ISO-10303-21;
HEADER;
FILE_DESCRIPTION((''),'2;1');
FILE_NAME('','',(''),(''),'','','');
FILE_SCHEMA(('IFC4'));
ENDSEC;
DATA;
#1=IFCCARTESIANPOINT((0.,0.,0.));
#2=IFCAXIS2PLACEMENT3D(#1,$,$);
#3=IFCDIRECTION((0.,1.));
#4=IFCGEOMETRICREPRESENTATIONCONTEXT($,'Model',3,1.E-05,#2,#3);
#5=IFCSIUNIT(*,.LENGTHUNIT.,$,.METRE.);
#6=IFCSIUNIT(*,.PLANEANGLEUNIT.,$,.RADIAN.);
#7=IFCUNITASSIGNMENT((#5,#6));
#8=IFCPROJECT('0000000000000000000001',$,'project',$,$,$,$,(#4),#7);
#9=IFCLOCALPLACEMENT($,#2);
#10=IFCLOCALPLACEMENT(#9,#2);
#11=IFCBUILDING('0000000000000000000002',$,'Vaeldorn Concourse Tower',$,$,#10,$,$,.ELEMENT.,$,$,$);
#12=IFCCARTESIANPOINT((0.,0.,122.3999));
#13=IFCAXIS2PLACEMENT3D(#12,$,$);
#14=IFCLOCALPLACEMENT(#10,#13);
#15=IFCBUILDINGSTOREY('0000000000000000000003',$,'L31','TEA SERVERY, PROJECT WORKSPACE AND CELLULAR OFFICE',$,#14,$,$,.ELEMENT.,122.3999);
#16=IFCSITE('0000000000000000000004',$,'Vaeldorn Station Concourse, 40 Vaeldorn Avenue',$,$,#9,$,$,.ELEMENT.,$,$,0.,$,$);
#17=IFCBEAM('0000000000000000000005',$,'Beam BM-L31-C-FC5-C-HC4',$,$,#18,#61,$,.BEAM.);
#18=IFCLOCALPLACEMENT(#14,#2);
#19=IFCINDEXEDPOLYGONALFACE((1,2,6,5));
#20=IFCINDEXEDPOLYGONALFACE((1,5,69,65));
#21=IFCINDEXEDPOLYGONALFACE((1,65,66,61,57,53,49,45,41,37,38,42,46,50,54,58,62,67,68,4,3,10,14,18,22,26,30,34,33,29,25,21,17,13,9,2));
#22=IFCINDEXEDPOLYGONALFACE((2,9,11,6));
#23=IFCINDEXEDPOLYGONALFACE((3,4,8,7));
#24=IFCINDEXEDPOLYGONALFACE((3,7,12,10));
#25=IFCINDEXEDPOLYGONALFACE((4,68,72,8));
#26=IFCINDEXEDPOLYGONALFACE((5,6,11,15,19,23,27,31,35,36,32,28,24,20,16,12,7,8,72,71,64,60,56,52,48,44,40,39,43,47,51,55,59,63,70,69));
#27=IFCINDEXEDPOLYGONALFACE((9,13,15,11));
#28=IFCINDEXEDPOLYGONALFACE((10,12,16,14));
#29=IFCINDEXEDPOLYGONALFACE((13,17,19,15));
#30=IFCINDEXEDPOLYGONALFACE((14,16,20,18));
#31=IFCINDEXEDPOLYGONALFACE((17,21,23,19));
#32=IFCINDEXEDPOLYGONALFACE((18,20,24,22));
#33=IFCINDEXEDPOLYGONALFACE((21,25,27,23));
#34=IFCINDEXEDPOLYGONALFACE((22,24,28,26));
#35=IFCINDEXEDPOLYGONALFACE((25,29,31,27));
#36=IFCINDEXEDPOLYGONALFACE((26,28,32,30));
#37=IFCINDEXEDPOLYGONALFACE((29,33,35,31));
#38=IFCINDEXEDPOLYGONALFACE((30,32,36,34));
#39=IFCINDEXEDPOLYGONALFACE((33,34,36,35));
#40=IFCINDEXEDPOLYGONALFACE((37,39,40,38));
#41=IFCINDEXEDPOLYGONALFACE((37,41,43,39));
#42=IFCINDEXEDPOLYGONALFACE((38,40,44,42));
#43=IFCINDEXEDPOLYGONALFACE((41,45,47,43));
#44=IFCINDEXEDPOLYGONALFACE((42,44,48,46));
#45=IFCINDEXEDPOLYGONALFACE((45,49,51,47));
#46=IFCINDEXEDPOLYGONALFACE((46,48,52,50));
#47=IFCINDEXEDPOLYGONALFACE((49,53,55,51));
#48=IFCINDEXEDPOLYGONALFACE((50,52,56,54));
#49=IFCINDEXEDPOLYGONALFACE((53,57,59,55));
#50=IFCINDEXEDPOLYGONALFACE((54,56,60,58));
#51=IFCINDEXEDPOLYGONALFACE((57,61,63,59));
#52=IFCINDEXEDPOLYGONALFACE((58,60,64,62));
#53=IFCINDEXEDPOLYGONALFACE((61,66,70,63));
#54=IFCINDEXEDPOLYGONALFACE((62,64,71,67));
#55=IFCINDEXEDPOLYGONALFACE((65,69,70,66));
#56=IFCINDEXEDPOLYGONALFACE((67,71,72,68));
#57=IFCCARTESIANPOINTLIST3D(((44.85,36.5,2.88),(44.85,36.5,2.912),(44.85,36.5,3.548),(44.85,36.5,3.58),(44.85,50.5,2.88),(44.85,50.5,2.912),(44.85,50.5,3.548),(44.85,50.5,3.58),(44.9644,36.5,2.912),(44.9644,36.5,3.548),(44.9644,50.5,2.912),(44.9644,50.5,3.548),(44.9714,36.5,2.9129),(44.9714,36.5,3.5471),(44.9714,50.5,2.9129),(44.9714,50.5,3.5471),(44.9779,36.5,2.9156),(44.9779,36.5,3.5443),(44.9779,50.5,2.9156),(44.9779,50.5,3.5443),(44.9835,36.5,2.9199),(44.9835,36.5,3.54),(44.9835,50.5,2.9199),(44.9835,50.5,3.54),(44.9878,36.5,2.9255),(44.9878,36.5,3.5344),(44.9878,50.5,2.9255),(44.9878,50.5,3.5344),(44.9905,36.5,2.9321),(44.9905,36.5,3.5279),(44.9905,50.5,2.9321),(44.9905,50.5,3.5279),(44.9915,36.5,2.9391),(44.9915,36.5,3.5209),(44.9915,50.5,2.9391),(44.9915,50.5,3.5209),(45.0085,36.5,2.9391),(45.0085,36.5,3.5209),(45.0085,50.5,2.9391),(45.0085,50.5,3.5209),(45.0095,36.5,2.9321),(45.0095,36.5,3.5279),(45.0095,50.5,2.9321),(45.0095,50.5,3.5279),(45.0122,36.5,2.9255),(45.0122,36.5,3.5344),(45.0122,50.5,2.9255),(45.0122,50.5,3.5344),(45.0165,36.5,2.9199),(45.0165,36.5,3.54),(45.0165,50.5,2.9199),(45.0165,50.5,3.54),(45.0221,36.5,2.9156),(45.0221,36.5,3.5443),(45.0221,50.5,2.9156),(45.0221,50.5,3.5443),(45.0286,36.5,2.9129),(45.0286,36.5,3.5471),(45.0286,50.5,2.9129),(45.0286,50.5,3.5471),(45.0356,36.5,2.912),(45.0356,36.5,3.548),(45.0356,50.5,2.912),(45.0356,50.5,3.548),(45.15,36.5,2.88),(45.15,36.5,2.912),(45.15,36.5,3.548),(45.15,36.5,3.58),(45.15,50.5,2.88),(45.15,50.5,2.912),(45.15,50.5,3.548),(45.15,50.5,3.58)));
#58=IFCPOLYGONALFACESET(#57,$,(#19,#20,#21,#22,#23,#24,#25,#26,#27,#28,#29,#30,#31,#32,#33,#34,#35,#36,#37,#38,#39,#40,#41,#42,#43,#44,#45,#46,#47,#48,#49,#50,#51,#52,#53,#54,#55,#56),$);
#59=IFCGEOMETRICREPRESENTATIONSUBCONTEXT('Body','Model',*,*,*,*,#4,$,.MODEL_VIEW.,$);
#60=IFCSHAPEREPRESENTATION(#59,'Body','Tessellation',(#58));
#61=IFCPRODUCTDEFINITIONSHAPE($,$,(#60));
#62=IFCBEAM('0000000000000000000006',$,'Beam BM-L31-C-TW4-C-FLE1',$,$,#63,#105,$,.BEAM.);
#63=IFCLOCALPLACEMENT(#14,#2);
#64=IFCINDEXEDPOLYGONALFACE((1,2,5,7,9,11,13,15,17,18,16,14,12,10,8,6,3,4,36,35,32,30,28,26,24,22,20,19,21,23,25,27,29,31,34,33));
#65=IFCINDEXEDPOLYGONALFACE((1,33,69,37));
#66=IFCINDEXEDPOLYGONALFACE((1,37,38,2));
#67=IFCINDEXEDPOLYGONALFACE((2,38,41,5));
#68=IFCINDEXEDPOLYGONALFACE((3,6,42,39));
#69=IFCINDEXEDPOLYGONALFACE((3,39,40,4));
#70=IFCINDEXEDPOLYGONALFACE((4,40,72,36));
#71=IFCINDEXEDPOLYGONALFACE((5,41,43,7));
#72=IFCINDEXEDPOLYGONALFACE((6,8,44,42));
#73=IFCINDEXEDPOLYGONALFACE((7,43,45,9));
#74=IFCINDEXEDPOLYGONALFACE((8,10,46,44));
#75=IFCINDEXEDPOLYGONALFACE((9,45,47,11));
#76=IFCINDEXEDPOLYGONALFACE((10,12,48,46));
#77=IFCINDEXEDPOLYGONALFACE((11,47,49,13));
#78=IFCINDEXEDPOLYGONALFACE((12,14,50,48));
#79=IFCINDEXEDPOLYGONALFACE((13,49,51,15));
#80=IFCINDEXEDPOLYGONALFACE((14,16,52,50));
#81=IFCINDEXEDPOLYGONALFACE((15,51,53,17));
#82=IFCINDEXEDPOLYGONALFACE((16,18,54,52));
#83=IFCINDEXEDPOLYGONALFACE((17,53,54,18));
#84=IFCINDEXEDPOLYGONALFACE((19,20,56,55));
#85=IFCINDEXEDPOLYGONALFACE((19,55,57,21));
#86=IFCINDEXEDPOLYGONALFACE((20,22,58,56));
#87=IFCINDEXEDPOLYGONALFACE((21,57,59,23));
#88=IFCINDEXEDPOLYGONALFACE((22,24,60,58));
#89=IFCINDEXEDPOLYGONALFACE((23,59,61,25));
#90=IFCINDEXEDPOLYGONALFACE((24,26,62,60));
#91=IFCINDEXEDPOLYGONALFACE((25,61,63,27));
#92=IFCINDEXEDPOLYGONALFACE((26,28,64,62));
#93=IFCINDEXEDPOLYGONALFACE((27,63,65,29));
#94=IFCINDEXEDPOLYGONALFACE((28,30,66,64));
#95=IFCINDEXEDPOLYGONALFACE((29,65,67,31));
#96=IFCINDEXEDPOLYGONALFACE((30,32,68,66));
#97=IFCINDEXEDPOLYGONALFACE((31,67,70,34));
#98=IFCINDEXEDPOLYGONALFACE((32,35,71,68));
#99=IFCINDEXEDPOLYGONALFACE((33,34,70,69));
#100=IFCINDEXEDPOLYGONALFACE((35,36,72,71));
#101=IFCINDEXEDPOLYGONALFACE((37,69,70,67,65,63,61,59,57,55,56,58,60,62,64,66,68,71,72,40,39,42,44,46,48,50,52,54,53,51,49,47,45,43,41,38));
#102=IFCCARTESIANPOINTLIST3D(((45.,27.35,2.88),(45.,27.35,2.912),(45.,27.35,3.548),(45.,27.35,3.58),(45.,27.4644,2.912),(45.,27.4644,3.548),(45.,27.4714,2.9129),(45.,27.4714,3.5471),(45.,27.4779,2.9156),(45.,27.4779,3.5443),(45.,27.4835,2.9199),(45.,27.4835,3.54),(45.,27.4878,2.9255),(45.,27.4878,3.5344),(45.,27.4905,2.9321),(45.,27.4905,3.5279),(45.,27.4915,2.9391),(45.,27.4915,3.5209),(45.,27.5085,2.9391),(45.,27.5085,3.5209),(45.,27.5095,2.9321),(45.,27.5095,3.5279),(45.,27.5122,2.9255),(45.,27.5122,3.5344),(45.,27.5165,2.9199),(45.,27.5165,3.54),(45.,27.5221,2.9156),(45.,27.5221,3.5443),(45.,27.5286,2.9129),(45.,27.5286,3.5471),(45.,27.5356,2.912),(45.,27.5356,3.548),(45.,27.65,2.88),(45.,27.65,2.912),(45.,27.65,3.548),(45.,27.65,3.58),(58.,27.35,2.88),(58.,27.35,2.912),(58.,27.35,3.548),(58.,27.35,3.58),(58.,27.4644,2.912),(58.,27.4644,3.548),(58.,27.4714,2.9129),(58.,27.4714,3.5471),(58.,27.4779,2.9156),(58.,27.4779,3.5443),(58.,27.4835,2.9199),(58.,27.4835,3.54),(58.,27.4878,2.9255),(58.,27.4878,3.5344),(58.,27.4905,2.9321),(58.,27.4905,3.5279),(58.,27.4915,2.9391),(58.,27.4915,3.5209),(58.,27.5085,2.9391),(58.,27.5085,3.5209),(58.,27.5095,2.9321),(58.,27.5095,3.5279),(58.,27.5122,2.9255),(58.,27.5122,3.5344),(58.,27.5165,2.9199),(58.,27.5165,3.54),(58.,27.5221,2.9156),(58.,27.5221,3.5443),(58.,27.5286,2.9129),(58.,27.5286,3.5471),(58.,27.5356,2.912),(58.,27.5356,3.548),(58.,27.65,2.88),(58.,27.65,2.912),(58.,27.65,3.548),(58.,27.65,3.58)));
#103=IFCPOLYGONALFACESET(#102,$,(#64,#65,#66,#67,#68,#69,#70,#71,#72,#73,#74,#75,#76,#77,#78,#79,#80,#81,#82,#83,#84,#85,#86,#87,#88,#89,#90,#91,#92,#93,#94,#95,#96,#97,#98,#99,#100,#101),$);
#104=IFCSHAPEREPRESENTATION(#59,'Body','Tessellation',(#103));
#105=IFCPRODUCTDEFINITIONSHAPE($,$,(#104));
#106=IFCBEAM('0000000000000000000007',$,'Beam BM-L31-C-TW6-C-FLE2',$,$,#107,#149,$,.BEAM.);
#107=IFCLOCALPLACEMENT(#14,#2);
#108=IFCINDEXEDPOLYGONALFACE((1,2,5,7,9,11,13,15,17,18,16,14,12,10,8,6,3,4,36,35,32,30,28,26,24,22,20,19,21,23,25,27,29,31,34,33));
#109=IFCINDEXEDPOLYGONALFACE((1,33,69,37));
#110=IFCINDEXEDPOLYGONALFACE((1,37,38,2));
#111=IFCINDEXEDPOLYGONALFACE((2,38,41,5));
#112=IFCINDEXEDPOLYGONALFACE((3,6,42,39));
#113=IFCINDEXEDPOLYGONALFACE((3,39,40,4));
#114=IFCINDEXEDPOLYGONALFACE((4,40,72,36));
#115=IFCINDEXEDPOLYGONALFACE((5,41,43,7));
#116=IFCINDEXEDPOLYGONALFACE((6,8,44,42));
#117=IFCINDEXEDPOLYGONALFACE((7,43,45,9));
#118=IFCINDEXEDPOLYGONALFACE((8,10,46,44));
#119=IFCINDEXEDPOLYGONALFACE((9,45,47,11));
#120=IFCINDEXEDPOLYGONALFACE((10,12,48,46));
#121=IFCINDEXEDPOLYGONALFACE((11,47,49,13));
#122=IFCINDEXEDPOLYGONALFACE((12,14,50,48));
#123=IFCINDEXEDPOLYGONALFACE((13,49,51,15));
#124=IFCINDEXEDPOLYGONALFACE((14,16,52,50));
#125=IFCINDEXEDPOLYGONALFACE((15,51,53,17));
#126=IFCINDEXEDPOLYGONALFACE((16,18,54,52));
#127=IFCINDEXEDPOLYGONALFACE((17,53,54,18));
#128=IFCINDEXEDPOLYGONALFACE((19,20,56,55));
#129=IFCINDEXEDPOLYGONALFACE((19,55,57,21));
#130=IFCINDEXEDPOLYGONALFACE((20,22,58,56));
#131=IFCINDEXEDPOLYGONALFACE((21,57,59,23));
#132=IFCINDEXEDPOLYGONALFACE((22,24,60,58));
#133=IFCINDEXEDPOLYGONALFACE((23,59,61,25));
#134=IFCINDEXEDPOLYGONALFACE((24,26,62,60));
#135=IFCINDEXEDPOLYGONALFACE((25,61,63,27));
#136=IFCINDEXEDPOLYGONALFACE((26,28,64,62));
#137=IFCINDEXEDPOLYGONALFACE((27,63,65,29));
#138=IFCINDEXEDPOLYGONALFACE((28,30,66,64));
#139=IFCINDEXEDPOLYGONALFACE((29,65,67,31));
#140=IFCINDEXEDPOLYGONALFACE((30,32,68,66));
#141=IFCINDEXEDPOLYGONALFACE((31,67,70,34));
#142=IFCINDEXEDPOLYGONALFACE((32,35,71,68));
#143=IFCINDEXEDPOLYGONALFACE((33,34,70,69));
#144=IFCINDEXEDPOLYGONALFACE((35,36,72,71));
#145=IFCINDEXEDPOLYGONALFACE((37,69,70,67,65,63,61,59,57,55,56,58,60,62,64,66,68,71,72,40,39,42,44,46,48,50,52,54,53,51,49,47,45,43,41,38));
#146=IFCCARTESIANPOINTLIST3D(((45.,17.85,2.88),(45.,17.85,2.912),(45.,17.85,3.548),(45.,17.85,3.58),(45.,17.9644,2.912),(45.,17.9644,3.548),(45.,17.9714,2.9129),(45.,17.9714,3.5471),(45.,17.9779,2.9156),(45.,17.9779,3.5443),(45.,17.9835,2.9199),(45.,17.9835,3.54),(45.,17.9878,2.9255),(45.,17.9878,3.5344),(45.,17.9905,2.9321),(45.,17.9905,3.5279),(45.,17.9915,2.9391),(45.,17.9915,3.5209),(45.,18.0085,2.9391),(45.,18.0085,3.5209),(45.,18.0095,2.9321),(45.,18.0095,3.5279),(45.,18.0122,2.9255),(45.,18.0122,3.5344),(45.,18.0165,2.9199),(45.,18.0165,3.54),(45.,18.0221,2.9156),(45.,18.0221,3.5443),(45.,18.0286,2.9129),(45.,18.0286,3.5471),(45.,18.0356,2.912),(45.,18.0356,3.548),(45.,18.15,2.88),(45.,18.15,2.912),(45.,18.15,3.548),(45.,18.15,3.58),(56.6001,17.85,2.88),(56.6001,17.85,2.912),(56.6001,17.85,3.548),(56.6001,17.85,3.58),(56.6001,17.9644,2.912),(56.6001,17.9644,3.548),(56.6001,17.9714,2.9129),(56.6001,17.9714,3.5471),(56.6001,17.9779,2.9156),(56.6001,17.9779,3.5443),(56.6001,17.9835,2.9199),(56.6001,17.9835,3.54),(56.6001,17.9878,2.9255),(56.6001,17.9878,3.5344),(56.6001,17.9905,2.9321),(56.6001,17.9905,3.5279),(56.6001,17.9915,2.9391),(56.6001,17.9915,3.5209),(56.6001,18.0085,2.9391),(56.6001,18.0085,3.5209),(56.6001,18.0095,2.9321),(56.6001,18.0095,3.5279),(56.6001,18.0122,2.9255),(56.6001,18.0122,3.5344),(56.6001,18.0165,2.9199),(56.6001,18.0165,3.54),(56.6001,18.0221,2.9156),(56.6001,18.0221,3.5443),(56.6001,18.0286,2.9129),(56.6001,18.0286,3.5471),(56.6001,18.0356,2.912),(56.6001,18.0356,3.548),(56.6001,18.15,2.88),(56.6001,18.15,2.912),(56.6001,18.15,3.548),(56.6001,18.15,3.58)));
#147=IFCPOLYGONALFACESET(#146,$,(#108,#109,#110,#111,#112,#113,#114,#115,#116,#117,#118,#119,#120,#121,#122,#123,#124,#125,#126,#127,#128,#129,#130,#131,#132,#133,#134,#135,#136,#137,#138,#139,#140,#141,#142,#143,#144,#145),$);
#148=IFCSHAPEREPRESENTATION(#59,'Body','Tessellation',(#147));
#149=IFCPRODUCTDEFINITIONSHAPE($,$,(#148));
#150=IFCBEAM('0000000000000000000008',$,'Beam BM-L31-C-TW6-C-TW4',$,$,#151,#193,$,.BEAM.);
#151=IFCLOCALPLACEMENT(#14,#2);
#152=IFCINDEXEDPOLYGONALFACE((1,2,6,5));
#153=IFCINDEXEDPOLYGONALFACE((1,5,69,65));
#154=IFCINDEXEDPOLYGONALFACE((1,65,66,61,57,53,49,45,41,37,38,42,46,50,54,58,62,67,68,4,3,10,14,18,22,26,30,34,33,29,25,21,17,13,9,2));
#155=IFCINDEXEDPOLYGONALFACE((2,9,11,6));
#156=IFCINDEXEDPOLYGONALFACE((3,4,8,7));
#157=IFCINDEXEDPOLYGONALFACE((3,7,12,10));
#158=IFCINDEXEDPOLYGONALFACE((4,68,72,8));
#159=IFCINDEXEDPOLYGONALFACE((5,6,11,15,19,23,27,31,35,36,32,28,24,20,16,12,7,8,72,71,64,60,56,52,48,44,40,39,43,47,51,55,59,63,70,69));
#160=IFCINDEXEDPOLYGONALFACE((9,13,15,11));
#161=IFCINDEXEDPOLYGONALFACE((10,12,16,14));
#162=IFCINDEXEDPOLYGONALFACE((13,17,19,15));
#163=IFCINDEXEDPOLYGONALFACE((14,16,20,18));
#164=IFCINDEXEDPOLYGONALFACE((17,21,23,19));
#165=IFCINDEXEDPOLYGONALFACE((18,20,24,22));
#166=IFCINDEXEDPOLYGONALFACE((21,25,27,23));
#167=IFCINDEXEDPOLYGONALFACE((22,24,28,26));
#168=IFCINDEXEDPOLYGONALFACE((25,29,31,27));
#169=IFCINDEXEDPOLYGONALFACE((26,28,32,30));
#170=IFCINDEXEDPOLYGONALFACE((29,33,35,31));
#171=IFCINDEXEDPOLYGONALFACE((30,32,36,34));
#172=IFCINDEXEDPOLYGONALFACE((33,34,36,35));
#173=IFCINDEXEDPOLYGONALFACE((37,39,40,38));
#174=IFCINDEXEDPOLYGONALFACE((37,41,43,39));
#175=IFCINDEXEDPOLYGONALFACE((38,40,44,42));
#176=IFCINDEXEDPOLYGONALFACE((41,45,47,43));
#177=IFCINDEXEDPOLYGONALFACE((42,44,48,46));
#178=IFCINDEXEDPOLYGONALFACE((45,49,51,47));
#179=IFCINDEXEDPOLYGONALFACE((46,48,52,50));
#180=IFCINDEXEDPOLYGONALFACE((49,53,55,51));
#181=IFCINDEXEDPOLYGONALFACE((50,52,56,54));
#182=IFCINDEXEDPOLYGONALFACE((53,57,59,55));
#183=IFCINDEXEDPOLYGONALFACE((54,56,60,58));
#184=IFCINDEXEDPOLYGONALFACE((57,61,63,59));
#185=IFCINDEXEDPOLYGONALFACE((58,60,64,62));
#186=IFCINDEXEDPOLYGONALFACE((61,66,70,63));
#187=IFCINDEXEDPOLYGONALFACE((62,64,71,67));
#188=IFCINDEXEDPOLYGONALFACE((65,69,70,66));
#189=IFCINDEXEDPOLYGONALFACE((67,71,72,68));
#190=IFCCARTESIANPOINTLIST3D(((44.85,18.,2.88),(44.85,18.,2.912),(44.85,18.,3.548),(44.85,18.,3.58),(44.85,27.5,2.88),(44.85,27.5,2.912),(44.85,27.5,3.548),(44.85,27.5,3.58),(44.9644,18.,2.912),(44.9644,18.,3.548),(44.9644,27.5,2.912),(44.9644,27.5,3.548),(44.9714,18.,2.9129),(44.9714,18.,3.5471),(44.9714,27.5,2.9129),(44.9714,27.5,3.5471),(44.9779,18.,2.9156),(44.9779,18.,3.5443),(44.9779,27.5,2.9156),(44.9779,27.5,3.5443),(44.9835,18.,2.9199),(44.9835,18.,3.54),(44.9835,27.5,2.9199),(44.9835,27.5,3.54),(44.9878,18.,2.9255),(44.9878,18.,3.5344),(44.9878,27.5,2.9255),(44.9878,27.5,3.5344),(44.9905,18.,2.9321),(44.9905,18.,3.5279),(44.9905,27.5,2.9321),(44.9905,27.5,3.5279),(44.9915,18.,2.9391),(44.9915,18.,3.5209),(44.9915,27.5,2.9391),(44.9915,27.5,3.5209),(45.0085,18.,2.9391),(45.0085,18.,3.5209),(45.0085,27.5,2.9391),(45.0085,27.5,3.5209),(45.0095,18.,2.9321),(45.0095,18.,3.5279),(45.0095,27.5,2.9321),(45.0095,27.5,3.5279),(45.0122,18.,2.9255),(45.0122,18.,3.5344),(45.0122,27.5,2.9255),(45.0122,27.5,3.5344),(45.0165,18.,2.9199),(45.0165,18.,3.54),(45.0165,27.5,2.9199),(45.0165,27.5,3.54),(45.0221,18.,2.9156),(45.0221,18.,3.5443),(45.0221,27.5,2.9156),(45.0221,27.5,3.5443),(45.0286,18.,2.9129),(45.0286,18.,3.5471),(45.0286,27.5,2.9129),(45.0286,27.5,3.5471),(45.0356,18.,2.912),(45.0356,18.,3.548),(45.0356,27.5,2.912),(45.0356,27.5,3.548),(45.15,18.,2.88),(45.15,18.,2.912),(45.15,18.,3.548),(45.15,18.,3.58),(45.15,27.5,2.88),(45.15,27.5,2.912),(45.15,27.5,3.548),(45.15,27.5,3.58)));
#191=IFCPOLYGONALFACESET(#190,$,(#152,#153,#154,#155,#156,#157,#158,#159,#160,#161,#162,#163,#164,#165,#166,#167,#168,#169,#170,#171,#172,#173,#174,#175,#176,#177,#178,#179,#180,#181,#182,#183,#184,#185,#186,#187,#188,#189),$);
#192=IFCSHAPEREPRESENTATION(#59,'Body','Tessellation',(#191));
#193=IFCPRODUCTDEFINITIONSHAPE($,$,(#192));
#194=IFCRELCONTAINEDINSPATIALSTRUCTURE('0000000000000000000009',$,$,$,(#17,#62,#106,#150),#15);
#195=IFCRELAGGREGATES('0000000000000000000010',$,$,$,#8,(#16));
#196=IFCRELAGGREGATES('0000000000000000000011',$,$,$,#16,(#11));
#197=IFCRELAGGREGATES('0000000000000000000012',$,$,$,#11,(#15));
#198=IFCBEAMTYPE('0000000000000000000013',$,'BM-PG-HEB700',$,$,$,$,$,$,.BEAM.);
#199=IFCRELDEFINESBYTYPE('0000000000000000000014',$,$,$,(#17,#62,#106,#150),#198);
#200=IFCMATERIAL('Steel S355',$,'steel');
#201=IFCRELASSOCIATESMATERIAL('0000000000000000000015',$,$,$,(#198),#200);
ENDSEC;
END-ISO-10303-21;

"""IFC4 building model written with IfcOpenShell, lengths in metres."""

from ifc_helpers import new_model, si_unit, direction, frame, origin, origin_2d, place, context, subcontext, project, spatial, i_section, extrude, source, transform, mapped, material, material_profile, profile_set, type_object, element, save


model = new_model("IFC4")

# Units and contexts
model_context = context("Model", 3, precision=1e-05, world=origin(), true_north=direction((0.0, 1.0)))
body_context = subcontext(model_context, "Body", "Model", "MODEL_VIEW")
ifc_project = project(units=[si_unit("LENGTHUNIT", "METRE"), si_unit("PLANEANGLEUNIT", "RADIAN")], contexts=[model_context])

# Site, building, storey
site_placement = place(None, origin())
site = spatial("IfcSite", under=ifc_project, at=site_placement, Name="Vaeldorn Station Concourse, 40 Vaeldorn Avenue", CompositionType="ELEMENT", RefElevation=0.0)
building_placement = place(site_placement, origin())
building = spatial("IfcBuilding", under=site, at=building_placement, Name="Vaeldorn Concourse Tower", CompositionType="ELEMENT")
storey_placement = place(building_placement, frame((0.0, 0.0, 122.3999)))
storey = spatial("IfcBuildingStorey", under=building, at=storey_placement, Name="L31", Description="TEA SERVERY, PROJECT WORKSPACE AND CELLULAR OFFICE", CompositionType="ELEMENT", Elevation=122.3999)

# Beams
ifc_material_1 = material(Name="Steel S355", Category="steel")
ifc_material_profile_1 = material_profile(ifc_material_1, i_section(OverallWidth=0.3, OverallDepth=0.7, WebThickness=0.0171, FlangeThickness=0.032, FilletRadius=0.0271, at=origin_2d()), Name="HEB 700")
ifc_profile_set_1 = profile_set([ifc_material_profile_1], Name="Steel S355")
beam_type_1 = type_object("IfcBeamType", Name="BM-PG-HEB700", PredefinedType="BEAM", material=ifc_profile_set_1)
shared_shape_1 = source(origin(), body_context, "Body", "SweptSolid", [
    extrude(i_section(OverallWidth=0.3, OverallDepth=0.7, WebThickness=0.0171, FlangeThickness=0.032, FilletRadius=0.0271, at=origin_2d()), origin(), (0.0, 0.0, 1.0), 14.0),
])
beam_1_placement = place(storey_placement, frame((45.0, 36.5, 3.23), z_axis=(0.0, 1.0, 0.0), x_axis=(-1.0, 0.0, 0.0)))
element("IfcBeam", 1, at=beam_1_placement, inside=storey, type_object=beam_type_1, Name="Beam BM-L31-C-FC5-C-HC4", PredefinedType="BEAM", context=body_context, shape_type="MappedRepresentation", body=[
    mapped(shared_shape_1, transform((0.0, 0.0, 0.0), scale=1.0)),
])
shared_shape_2 = source(origin(), body_context, "Body", "SweptSolid", [
    extrude(i_section(OverallWidth=0.3, OverallDepth=0.7, WebThickness=0.0171, FlangeThickness=0.032, FilletRadius=0.0271, at=origin_2d()), origin(), (0.0, 0.0, 1.0), 13.0),
])
beam_2_placement = place(storey_placement, frame((45.0, 27.5, 3.23), z_axis=(1.0, 0.0, 0.0), x_axis=(0.0, 1.0, 0.0)))
element("IfcBeam", 2, at=beam_2_placement, inside=storey, type_object=beam_type_1, Name="Beam BM-L31-C-TW4-C-FLE1", PredefinedType="BEAM", context=body_context, shape_type="MappedRepresentation", body=[
    mapped(shared_shape_2, transform((0.0, 0.0, 0.0), scale=1.0)),
])
shared_shape_3 = source(origin(), body_context, "Body", "SweptSolid", [
    extrude(i_section(OverallWidth=0.3, OverallDepth=0.7, WebThickness=0.0171, FlangeThickness=0.032, FilletRadius=0.0271, at=origin_2d()), origin(), (0.0, 0.0, 1.0), 11.6001),
])
beam_3_placement = place(storey_placement, frame((45.0, 18.0, 3.23), z_axis=(1.0, 0.0, 0.0), x_axis=(0.0, 1.0, 0.0)))
element("IfcBeam", 3, at=beam_3_placement, inside=storey, type_object=beam_type_1, Name="Beam BM-L31-C-TW6-C-FLE2", PredefinedType="BEAM", context=body_context, shape_type="MappedRepresentation", body=[
    mapped(shared_shape_3, transform((0.0, 0.0, 0.0), scale=1.0)),
])
shared_shape_4 = source(origin(), body_context, "Body", "SweptSolid", [
    extrude(i_section(OverallWidth=0.3, OverallDepth=0.7, WebThickness=0.0171, FlangeThickness=0.032, FilletRadius=0.0271, at=origin_2d()), origin(), (0.0, 0.0, 1.0), 9.5),
])
beam_4_placement = place(storey_placement, frame((45.0, 18.0, 3.23), z_axis=(0.0, 1.0, 0.0), x_axis=(-1.0, 0.0, 0.0)))
element("IfcBeam", 4, at=beam_4_placement, inside=storey, type_object=beam_type_1, Name="Beam BM-L31-C-TW6-C-TW4", PredefinedType="BEAM", context=body_context, shape_type="MappedRepresentation", body=[
    mapped(shared_shape_4, transform((0.0, 0.0, 0.0), scale=1.0)),
])

save(model, "model.ifc")
